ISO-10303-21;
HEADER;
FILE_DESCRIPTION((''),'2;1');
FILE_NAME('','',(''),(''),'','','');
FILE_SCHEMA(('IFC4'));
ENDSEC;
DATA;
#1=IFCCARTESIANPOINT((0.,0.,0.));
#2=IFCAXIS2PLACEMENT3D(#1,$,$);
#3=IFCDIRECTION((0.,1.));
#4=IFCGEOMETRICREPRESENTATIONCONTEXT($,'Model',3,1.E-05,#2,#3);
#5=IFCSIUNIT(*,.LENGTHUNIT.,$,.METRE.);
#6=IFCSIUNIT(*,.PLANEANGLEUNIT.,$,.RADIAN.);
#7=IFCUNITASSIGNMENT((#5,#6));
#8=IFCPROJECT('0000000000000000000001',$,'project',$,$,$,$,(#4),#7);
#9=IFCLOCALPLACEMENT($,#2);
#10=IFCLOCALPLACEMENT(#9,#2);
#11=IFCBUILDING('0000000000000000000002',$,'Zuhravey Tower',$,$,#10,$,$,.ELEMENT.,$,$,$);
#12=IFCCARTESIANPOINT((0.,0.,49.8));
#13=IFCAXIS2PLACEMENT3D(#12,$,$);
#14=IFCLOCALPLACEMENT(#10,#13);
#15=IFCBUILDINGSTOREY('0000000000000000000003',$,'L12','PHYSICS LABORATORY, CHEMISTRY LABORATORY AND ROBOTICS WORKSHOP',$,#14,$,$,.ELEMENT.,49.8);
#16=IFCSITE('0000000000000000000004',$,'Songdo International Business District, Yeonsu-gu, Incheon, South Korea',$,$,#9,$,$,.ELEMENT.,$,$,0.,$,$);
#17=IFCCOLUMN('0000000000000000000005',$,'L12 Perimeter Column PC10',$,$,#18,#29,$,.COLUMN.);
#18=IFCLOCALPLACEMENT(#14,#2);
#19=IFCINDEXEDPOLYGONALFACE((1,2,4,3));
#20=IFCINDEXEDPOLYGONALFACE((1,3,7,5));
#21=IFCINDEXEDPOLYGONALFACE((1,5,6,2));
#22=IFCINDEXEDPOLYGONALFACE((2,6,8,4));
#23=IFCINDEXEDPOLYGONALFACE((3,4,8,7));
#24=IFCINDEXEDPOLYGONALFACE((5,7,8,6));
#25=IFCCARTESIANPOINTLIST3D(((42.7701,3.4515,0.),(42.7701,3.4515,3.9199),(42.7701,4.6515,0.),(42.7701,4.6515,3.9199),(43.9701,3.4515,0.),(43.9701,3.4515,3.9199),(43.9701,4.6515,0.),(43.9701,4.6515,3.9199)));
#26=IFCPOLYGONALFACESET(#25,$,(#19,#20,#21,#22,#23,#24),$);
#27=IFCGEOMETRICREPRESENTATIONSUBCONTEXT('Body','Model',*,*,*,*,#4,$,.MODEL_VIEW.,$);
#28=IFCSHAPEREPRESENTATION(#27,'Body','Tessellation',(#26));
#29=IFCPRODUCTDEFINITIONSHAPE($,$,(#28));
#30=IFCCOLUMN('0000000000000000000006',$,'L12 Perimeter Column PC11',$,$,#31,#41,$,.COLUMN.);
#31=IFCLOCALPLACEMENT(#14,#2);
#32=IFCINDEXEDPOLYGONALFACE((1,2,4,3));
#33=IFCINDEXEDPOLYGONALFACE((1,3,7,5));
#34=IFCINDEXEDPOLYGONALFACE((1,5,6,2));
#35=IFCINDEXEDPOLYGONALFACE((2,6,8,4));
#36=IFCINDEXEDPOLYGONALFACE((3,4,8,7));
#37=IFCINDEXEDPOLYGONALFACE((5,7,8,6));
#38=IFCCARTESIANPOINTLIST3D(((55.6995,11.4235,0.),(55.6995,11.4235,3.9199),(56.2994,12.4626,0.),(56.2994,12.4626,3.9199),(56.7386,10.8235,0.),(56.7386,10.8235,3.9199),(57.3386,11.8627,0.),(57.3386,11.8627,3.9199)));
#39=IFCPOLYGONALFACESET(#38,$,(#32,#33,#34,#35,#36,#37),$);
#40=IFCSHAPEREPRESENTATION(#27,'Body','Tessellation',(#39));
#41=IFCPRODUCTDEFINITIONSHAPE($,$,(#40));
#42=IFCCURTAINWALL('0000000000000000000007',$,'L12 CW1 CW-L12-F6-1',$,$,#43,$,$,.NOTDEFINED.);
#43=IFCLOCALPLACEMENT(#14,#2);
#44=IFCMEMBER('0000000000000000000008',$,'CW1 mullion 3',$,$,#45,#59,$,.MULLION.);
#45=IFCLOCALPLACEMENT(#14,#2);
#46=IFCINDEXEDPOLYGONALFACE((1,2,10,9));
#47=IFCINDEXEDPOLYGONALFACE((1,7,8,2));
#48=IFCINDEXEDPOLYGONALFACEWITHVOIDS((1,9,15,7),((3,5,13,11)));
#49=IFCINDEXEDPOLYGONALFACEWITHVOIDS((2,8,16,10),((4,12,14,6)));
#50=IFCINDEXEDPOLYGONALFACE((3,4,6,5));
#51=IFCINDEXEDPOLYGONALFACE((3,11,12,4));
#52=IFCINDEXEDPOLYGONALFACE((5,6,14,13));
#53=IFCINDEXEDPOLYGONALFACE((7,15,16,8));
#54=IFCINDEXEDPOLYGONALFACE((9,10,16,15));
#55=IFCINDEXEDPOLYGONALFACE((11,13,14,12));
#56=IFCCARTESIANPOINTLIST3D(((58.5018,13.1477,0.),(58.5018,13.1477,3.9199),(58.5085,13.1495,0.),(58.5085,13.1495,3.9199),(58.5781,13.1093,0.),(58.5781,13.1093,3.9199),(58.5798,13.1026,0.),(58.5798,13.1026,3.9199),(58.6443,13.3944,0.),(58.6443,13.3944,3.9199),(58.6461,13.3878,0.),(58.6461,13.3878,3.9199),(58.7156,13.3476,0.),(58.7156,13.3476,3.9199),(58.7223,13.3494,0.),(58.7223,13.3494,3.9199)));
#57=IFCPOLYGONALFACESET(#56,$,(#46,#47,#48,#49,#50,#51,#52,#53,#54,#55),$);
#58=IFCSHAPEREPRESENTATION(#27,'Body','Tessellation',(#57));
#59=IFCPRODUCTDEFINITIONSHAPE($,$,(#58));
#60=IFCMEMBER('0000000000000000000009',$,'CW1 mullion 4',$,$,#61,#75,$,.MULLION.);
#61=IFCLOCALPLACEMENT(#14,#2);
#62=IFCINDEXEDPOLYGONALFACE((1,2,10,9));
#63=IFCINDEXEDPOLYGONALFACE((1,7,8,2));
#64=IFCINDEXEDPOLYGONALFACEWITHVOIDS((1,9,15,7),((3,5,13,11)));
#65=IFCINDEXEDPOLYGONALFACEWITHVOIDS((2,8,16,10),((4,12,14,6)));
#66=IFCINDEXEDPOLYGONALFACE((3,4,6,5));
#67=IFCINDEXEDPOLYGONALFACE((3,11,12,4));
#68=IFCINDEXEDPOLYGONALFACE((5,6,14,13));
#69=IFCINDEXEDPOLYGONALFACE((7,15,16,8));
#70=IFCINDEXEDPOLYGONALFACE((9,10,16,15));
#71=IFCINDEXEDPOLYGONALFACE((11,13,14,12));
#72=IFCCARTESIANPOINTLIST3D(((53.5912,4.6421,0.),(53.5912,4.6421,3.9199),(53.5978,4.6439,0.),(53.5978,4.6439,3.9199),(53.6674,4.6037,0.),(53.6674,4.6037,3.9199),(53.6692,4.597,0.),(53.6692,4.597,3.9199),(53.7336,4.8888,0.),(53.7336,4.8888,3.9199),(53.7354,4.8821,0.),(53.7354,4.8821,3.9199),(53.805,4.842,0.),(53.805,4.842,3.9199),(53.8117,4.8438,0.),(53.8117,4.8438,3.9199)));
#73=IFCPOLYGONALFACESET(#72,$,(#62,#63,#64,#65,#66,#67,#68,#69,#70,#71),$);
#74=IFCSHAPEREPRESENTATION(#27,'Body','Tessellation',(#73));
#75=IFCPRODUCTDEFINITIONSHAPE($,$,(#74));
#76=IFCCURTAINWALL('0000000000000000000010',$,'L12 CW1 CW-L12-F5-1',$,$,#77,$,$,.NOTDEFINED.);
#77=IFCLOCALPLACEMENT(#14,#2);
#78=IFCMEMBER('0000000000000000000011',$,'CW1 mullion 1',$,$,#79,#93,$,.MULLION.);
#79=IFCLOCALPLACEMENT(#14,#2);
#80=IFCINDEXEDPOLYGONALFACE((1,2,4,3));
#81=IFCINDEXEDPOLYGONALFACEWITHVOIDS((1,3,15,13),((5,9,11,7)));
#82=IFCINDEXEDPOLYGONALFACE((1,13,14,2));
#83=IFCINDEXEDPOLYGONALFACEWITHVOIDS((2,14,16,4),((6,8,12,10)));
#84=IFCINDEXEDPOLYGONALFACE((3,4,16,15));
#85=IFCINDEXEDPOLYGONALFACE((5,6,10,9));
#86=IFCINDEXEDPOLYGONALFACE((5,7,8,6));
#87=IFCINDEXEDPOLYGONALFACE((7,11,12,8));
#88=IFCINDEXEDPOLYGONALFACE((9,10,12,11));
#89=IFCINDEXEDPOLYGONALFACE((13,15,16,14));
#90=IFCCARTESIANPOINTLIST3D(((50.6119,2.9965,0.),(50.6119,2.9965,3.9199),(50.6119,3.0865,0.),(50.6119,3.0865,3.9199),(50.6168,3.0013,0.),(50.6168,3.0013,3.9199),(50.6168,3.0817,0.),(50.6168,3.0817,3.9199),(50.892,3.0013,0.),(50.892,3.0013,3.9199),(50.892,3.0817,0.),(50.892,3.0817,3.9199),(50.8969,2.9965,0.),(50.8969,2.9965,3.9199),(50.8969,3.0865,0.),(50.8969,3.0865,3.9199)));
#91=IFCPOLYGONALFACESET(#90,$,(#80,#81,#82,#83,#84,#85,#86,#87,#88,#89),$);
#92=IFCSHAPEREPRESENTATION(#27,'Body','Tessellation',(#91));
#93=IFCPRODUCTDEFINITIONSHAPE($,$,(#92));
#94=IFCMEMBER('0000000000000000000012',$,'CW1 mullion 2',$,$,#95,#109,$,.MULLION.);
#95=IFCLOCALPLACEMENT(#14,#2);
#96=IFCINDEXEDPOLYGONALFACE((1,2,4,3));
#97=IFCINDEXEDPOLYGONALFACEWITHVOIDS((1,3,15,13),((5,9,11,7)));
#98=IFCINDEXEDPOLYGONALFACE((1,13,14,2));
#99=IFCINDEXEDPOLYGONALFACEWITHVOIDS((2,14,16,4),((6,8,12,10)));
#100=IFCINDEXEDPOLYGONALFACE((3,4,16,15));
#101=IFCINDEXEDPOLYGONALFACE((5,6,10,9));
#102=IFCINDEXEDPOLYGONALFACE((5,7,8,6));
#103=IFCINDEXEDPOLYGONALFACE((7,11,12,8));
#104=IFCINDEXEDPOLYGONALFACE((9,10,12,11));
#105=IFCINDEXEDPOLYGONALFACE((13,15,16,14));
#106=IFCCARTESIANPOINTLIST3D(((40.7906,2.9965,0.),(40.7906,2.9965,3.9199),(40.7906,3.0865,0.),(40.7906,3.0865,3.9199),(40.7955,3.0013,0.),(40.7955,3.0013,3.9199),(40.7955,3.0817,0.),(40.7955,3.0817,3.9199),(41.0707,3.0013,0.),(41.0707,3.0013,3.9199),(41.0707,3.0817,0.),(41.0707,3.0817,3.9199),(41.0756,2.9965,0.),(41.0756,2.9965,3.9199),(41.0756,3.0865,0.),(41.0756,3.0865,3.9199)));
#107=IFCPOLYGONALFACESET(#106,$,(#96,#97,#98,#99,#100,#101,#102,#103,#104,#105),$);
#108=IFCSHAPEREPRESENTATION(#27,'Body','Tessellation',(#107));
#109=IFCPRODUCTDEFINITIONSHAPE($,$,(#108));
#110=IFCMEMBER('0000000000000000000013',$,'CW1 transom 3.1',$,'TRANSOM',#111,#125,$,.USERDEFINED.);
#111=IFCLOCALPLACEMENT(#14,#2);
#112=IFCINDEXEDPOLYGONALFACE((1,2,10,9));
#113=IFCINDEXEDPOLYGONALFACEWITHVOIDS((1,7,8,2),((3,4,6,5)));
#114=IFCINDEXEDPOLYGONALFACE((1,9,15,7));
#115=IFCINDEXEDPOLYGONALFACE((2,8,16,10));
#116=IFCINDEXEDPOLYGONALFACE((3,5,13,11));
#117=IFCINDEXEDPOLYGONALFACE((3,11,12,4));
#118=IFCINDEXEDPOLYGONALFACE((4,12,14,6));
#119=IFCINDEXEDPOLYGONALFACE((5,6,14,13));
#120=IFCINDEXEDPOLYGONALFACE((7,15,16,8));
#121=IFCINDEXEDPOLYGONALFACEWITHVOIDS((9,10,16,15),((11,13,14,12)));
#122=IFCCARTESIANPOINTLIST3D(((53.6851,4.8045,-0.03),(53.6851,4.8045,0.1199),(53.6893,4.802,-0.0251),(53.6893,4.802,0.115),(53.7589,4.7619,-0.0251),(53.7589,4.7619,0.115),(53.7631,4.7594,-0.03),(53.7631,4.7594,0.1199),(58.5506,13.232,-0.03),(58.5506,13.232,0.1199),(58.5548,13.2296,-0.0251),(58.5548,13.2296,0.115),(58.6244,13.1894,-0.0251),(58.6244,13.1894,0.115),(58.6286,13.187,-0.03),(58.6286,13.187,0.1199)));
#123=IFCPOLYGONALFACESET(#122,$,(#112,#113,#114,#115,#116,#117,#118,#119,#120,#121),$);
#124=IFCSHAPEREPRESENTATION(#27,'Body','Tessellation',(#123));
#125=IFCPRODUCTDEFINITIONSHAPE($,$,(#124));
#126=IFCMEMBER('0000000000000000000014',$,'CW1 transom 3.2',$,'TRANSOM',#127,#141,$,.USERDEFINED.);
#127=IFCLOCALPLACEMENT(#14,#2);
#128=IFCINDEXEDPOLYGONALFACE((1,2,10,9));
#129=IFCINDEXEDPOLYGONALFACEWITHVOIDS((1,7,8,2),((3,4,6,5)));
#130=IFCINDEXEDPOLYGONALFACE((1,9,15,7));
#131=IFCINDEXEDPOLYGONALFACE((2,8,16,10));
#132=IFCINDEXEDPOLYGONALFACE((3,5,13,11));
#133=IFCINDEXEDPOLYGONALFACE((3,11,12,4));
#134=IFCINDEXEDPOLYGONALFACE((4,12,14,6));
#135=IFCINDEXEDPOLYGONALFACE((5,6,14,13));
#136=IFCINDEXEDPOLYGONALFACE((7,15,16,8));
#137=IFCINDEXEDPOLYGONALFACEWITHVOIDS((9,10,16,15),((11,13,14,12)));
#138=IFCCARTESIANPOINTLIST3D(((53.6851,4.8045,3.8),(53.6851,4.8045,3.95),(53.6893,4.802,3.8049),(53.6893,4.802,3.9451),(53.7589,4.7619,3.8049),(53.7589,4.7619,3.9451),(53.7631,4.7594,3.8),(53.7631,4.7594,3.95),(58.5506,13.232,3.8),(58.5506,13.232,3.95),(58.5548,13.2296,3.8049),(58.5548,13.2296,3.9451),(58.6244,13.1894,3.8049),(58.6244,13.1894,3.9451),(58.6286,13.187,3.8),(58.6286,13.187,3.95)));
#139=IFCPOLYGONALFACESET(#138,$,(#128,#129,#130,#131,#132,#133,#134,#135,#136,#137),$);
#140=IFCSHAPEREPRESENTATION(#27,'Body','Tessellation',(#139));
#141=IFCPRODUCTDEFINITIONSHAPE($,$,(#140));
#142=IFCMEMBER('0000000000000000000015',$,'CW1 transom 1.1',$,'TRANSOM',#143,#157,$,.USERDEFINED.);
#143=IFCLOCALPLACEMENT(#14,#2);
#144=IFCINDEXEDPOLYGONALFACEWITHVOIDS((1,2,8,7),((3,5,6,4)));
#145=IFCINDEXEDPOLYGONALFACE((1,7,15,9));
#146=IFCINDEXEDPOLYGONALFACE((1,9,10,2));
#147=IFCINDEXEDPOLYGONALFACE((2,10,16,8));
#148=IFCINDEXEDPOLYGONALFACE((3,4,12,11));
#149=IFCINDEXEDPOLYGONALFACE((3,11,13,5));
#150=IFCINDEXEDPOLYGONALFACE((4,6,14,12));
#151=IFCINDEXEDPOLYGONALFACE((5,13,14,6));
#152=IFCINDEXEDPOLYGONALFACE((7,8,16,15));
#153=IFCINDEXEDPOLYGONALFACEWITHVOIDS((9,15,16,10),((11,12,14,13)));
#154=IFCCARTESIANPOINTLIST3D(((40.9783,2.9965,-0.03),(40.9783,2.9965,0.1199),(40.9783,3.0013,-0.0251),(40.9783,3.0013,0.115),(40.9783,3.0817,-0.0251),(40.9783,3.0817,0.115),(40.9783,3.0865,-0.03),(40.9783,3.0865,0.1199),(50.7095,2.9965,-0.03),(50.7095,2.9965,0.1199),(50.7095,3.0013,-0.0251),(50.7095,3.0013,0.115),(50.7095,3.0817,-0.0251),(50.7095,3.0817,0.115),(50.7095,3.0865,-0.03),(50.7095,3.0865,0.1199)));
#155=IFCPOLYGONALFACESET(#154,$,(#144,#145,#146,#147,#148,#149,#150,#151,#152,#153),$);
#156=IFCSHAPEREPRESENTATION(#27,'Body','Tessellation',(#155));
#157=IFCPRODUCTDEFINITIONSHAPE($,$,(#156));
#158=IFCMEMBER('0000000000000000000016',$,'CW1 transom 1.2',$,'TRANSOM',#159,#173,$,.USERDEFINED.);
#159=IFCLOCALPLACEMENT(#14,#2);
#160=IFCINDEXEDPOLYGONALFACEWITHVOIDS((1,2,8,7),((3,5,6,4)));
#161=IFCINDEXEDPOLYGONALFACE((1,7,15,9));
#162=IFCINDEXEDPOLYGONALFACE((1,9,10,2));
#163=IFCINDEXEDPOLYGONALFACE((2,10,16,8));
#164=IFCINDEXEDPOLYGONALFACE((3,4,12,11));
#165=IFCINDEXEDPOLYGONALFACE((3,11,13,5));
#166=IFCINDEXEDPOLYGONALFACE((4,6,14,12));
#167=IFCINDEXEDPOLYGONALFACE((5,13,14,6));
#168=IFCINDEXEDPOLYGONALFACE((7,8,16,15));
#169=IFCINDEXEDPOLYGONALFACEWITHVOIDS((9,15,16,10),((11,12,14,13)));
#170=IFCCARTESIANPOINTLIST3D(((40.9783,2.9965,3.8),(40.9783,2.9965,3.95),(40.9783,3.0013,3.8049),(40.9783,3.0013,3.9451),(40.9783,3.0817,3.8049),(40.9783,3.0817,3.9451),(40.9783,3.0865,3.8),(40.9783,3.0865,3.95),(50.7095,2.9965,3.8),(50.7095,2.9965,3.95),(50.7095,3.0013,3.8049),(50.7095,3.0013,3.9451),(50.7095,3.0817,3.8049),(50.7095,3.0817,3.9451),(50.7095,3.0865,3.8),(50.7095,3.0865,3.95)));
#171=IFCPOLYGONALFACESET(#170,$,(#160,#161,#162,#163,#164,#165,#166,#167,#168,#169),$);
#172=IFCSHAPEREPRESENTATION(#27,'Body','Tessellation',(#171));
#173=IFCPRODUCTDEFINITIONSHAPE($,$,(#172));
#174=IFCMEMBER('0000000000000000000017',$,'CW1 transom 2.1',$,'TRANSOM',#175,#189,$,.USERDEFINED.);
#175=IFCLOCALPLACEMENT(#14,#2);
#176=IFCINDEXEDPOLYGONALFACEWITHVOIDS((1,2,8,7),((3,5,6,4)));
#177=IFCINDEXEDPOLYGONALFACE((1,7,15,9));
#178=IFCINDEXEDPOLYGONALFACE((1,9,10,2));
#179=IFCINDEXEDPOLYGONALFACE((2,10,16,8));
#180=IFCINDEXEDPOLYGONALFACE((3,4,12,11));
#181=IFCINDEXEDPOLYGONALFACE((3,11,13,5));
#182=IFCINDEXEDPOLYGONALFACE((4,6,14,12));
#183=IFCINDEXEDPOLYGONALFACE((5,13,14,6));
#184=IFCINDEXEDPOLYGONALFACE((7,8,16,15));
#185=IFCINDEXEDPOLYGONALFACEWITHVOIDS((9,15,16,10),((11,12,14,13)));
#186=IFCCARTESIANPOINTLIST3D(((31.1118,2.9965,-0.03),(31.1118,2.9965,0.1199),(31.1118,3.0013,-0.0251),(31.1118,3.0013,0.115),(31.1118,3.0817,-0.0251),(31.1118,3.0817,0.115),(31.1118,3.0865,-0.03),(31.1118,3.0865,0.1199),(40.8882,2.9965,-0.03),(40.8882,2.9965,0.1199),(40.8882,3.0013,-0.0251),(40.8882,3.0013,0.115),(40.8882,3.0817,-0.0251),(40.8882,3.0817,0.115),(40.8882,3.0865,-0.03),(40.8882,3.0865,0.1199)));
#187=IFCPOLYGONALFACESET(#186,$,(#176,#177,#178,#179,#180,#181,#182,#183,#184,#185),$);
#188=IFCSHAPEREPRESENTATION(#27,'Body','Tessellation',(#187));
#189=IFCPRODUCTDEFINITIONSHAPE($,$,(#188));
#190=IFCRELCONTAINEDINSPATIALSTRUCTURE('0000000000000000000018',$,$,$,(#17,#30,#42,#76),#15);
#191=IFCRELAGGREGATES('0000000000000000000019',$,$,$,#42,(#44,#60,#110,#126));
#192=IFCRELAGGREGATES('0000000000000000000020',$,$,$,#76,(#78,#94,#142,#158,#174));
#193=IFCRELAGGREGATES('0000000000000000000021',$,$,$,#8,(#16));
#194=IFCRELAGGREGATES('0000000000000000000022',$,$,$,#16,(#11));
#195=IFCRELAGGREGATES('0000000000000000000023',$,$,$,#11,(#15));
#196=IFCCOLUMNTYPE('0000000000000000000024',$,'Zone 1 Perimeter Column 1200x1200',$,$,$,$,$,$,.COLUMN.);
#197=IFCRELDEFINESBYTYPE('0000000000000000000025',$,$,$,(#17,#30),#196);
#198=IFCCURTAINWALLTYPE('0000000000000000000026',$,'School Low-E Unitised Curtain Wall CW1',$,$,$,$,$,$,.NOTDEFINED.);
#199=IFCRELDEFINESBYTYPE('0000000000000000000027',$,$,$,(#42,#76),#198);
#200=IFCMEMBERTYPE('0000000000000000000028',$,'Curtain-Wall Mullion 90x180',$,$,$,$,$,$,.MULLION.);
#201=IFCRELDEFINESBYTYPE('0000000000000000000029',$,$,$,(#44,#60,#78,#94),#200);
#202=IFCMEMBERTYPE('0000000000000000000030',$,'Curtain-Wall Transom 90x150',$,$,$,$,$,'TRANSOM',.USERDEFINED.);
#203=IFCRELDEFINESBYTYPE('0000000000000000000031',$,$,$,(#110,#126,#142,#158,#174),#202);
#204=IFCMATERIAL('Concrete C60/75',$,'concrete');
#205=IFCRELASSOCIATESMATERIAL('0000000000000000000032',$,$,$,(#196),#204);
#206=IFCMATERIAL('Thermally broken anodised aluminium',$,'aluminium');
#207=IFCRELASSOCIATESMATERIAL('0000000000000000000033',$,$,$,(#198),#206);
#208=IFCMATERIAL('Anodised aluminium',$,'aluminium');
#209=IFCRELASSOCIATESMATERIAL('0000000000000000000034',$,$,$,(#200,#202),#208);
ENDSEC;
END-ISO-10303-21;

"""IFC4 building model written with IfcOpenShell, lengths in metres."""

from ifc_helpers import new_model, si_unit, direction, frame, origin, origin_2d, place, context, subcontext, project, spatial, rectangle, hollow_rectangle, extrude, material, material_profile, profile_set, type_object, element, aggregate, save


model = new_model("IFC4")

# Units and contexts
model_context = context("Model", 3, precision=1e-05, world=origin(), true_north=direction((0.0, 1.0)))
body_context = subcontext(model_context, "Body", "Model", "MODEL_VIEW")
ifc_project = project(units=[si_unit("LENGTHUNIT", "METRE"), si_unit("PLANEANGLEUNIT", "RADIAN")], contexts=[model_context])

# Site, building, storey
site_placement = place(None, origin())
site = spatial("IfcSite", under=ifc_project, at=site_placement, Name="Songdo International Business District, Yeonsu-gu, Incheon, South Korea", CompositionType="ELEMENT", RefElevation=0.0)
building_placement = place(site_placement, origin())
building = spatial("IfcBuilding", under=site, at=building_placement, Name="Zuhravey Tower", CompositionType="ELEMENT")
storey_placement = place(building_placement, frame((0.0, 0.0, 49.8)))
storey = spatial("IfcBuildingStorey", under=building, at=storey_placement, Name="L12", Description="PHYSICS LABORATORY, CHEMISTRY LABORATORY AND ROBOTICS WORKSHOP", CompositionType="ELEMENT", Elevation=49.8)

# Columns
ifc_material_1 = material(Name="Concrete C60/75", Category="concrete")
ifc_material_profile_1 = material_profile(ifc_material_1, rectangle(XDim=1.2, YDim=1.2, at=origin_2d()), Name="RC-1200x1200")
ifc_profile_set_1 = profile_set([ifc_material_profile_1], Name="Concrete C60/75")
column_type = type_object("IfcColumnType", Name="Zone 1 Perimeter Column 1200x1200", PredefinedType="COLUMN", material=ifc_profile_set_1)
for number, where, z_axis, x_axis, name in (
    (1, (43.3701, 4.0515, 0.0), (0.0, 0.0, 1.0), (1.0, 0.0, 0.0), "L12 Perimeter Column PC10"),
    (2, (56.519, 11.6431, 0.0), (0.0, 0.0, 1.0), (0.5, 0.866025, 0.0), "L12 Perimeter Column PC11"),
):
    element("IfcColumn", number, at=place(storey_placement, frame(where, z_axis=z_axis, x_axis=x_axis)), inside=storey, type_object=column_type, Name=name, PredefinedType="COLUMN", context=body_context, shape_type="SweptSolid", body=[
        extrude(rectangle(XDim=1.2, YDim=1.2, at=origin_2d()), origin(), (0.0, 0.0, 1.0), 3.9199),
    ])

# Curtain walls, members
ifc_material_2 = material(Name="Thermally broken anodised aluminium", Category="aluminium")
curtain_wall_type = type_object("IfcCurtainWallType", Name="School Low-E Unitised Curtain Wall CW1", PredefinedType="NOTDEFINED", material=ifc_material_2)
curtain_wall_1_placement = place(storey_placement, origin())
curtain_wall_1 = element("IfcCurtainWall", 3, at=curtain_wall_1_placement, inside=storey, type_object=curtain_wall_type, Name="L12 CW1 CW-L12-F6-1", PredefinedType="NOTDEFINED")
ifc_material_3 = material(Name="Anodised aluminium", Category="aluminium")
ifc_material_profile_2 = material_profile(ifc_material_3, hollow_rectangle(XDim=0.0901, YDim=0.2849, WallThickness=0.0049, at=origin_2d()), Name="ALU-RHS-90x285x5")
ifc_profile_set_2 = profile_set([ifc_material_profile_2], Name="Anodised aluminium")
member_type_1 = type_object("IfcMemberType", Name="Curtain-Wall Mullion 90x180", PredefinedType="MULLION", material=ifc_profile_set_2)
member_1_placement = place(storey_placement, frame((58.6121, 13.2485, 0.0), z_axis=(0.0, 0.0, 1.0), x_axis=(0.866026, -0.5, 0.0)))
member_1 = element("IfcMember", 4, at=member_1_placement, type_object=member_type_1, Name="CW1 mullion 3", PredefinedType="MULLION", context=body_context, shape_type="SweptSolid", body=[
    extrude(hollow_rectangle(XDim=0.0901, YDim=0.2849, WallThickness=0.0049, at=origin_2d()), origin(), (0.0, 0.0, 1.0), 3.9199),
])
member_2_placement = place(storey_placement, frame((53.7014, 4.7429, 0.0), z_axis=(0.0, 0.0, 1.0), x_axis=(0.866026, -0.5, 0.0)))
member_2 = element("IfcMember", 5, at=member_2_placement, type_object=member_type_1, Name="CW1 mullion 4", PredefinedType="MULLION", context=body_context, shape_type="SweptSolid", body=[
    extrude(hollow_rectangle(XDim=0.0901, YDim=0.2849, WallThickness=0.0049, at=origin_2d()), origin(), (0.0, 0.0, 1.0), 3.9199),
])
curtain_wall_2_placement = place(storey_placement, origin())
curtain_wall_2 = element("IfcCurtainWall", 6, at=curtain_wall_2_placement, inside=storey, type_object=curtain_wall_type, Name="L12 CW1 CW-L12-F5-1", PredefinedType="NOTDEFINED")
member_3_placement = place(storey_placement, frame((50.7544, 3.0415, 0.0), z_axis=(0.0, 0.0, 1.0), x_axis=(0.0, -1.0, 0.0)))
member_3 = element("IfcMember", 7, at=member_3_placement, type_object=member_type_1, Name="CW1 mullion 1", PredefinedType="MULLION", context=body_context, shape_type="SweptSolid", body=[
    extrude(hollow_rectangle(XDim=0.0901, YDim=0.2849, WallThickness=0.0049, at=origin_2d()), origin(), (0.0, 0.0, 1.0), 3.9199),
])
member_4_placement = place(storey_placement, frame((40.9331, 3.0415, 0.0), z_axis=(0.0, 0.0, 1.0), x_axis=(0.0, -1.0, 0.0)))
member_4 = element("IfcMember", 8, at=member_4_placement, type_object=member_type_1, Name="CW1 mullion 2", PredefinedType="MULLION", context=body_context, shape_type="SweptSolid", body=[
    extrude(hollow_rectangle(XDim=0.0901, YDim=0.2849, WallThickness=0.0049, at=origin_2d()), origin(), (0.0, 0.0, 1.0), 3.9199),
])

# Members
ifc_material_profile_3 = material_profile(ifc_material_3, hollow_rectangle(XDim=0.0901, YDim=0.1499, WallThickness=0.0049, at=origin_2d()), Name="ALU-RHS-90x150x5")
ifc_profile_set_3 = profile_set([ifc_material_profile_3], Name="Anodised aluminium")
member_type_2 = type_object("IfcMemberType", Name="Curtain-Wall Transom 90x150", ElementType="TRANSOM", PredefinedType="USERDEFINED", material=ifc_profile_set_3)
member_5_placement = place(storey_placement, frame((58.5896, 13.2095, 0.0449), z_axis=(-0.49999, -0.866031, 0.0), x_axis=(0.866031, -0.49999, 0.0)))
member_5 = element("IfcMember", 9, at=member_5_placement, type_object=member_type_2, Name="CW1 transom 3.1", ObjectType="TRANSOM", PredefinedType="USERDEFINED", context=body_context, shape_type="SweptSolid", body=[
    extrude(hollow_rectangle(XDim=0.0901, YDim=0.1499, WallThickness=0.0049, at=origin_2d()), origin(), (0.0, 0.0, 1.0), 9.7312),
])
member_6_placement = place(storey_placement, frame((58.5896, 13.2095, 3.875), z_axis=(-0.49999, -0.866031, 0.0), x_axis=(0.866031, -0.49999, 0.0)))
member_6 = element("IfcMember", 10, at=member_6_placement, type_object=member_type_2, Name="CW1 transom 3.2", ObjectType="TRANSOM", PredefinedType="USERDEFINED", context=body_context, shape_type="SweptSolid", body=[
    extrude(hollow_rectangle(XDim=0.0901, YDim=0.1499, WallThickness=0.0049, at=origin_2d()), origin(), (0.0, 0.0, 1.0), 9.7312),
])
member_7_placement = place(storey_placement, frame((50.7095, 3.0415, 0.0449), z_axis=(-1.0, 0.0, 0.0), x_axis=(0.0, -1.0, 0.0)))
member_7 = element("IfcMember", 11, at=member_7_placement, type_object=member_type_2, Name="CW1 transom 1.1", ObjectType="TRANSOM", PredefinedType="USERDEFINED", context=body_context, shape_type="SweptSolid", body=[
    extrude(hollow_rectangle(XDim=0.0901, YDim=0.1499, WallThickness=0.0049, at=origin_2d()), origin(), (0.0, 0.0, 1.0), 9.7312),
])
member_8_placement = place(storey_placement, frame((50.7095, 3.0415, 3.875), z_axis=(-1.0, 0.0, 0.0), x_axis=(0.0, -1.0, 0.0)))
member_8 = element("IfcMember", 12, at=member_8_placement, type_object=member_type_2, Name="CW1 transom 1.2", ObjectType="TRANSOM", PredefinedType="USERDEFINED", context=body_context, shape_type="SweptSolid", body=[
    extrude(hollow_rectangle(XDim=0.0901, YDim=0.1499, WallThickness=0.0049, at=origin_2d()), origin(), (0.0, 0.0, 1.0), 9.7312),
])
member_9_placement = place(storey_placement, frame((40.8882, 3.0415, 0.0449), z_axis=(-1.0, 0.0, 0.0), x_axis=(0.0, -1.0, 0.0)))
member_9 = element("IfcMember", 13, at=member_9_placement, type_object=member_type_2, Name="CW1 transom 2.1", ObjectType="TRANSOM", PredefinedType="USERDEFINED", context=body_context, shape_type="SweptSolid", body=[
    extrude(hollow_rectangle(XDim=0.0901, YDim=0.1499, WallThickness=0.0049, at=origin_2d()), origin(), (0.0, 0.0, 1.0), 9.7764),
])

aggregate(curtain_wall_1, [member_1, member_2, member_5, member_6])
aggregate(curtain_wall_2, [member_3, member_4, member_7, member_8, member_9])

save(model, "model.ifc")
